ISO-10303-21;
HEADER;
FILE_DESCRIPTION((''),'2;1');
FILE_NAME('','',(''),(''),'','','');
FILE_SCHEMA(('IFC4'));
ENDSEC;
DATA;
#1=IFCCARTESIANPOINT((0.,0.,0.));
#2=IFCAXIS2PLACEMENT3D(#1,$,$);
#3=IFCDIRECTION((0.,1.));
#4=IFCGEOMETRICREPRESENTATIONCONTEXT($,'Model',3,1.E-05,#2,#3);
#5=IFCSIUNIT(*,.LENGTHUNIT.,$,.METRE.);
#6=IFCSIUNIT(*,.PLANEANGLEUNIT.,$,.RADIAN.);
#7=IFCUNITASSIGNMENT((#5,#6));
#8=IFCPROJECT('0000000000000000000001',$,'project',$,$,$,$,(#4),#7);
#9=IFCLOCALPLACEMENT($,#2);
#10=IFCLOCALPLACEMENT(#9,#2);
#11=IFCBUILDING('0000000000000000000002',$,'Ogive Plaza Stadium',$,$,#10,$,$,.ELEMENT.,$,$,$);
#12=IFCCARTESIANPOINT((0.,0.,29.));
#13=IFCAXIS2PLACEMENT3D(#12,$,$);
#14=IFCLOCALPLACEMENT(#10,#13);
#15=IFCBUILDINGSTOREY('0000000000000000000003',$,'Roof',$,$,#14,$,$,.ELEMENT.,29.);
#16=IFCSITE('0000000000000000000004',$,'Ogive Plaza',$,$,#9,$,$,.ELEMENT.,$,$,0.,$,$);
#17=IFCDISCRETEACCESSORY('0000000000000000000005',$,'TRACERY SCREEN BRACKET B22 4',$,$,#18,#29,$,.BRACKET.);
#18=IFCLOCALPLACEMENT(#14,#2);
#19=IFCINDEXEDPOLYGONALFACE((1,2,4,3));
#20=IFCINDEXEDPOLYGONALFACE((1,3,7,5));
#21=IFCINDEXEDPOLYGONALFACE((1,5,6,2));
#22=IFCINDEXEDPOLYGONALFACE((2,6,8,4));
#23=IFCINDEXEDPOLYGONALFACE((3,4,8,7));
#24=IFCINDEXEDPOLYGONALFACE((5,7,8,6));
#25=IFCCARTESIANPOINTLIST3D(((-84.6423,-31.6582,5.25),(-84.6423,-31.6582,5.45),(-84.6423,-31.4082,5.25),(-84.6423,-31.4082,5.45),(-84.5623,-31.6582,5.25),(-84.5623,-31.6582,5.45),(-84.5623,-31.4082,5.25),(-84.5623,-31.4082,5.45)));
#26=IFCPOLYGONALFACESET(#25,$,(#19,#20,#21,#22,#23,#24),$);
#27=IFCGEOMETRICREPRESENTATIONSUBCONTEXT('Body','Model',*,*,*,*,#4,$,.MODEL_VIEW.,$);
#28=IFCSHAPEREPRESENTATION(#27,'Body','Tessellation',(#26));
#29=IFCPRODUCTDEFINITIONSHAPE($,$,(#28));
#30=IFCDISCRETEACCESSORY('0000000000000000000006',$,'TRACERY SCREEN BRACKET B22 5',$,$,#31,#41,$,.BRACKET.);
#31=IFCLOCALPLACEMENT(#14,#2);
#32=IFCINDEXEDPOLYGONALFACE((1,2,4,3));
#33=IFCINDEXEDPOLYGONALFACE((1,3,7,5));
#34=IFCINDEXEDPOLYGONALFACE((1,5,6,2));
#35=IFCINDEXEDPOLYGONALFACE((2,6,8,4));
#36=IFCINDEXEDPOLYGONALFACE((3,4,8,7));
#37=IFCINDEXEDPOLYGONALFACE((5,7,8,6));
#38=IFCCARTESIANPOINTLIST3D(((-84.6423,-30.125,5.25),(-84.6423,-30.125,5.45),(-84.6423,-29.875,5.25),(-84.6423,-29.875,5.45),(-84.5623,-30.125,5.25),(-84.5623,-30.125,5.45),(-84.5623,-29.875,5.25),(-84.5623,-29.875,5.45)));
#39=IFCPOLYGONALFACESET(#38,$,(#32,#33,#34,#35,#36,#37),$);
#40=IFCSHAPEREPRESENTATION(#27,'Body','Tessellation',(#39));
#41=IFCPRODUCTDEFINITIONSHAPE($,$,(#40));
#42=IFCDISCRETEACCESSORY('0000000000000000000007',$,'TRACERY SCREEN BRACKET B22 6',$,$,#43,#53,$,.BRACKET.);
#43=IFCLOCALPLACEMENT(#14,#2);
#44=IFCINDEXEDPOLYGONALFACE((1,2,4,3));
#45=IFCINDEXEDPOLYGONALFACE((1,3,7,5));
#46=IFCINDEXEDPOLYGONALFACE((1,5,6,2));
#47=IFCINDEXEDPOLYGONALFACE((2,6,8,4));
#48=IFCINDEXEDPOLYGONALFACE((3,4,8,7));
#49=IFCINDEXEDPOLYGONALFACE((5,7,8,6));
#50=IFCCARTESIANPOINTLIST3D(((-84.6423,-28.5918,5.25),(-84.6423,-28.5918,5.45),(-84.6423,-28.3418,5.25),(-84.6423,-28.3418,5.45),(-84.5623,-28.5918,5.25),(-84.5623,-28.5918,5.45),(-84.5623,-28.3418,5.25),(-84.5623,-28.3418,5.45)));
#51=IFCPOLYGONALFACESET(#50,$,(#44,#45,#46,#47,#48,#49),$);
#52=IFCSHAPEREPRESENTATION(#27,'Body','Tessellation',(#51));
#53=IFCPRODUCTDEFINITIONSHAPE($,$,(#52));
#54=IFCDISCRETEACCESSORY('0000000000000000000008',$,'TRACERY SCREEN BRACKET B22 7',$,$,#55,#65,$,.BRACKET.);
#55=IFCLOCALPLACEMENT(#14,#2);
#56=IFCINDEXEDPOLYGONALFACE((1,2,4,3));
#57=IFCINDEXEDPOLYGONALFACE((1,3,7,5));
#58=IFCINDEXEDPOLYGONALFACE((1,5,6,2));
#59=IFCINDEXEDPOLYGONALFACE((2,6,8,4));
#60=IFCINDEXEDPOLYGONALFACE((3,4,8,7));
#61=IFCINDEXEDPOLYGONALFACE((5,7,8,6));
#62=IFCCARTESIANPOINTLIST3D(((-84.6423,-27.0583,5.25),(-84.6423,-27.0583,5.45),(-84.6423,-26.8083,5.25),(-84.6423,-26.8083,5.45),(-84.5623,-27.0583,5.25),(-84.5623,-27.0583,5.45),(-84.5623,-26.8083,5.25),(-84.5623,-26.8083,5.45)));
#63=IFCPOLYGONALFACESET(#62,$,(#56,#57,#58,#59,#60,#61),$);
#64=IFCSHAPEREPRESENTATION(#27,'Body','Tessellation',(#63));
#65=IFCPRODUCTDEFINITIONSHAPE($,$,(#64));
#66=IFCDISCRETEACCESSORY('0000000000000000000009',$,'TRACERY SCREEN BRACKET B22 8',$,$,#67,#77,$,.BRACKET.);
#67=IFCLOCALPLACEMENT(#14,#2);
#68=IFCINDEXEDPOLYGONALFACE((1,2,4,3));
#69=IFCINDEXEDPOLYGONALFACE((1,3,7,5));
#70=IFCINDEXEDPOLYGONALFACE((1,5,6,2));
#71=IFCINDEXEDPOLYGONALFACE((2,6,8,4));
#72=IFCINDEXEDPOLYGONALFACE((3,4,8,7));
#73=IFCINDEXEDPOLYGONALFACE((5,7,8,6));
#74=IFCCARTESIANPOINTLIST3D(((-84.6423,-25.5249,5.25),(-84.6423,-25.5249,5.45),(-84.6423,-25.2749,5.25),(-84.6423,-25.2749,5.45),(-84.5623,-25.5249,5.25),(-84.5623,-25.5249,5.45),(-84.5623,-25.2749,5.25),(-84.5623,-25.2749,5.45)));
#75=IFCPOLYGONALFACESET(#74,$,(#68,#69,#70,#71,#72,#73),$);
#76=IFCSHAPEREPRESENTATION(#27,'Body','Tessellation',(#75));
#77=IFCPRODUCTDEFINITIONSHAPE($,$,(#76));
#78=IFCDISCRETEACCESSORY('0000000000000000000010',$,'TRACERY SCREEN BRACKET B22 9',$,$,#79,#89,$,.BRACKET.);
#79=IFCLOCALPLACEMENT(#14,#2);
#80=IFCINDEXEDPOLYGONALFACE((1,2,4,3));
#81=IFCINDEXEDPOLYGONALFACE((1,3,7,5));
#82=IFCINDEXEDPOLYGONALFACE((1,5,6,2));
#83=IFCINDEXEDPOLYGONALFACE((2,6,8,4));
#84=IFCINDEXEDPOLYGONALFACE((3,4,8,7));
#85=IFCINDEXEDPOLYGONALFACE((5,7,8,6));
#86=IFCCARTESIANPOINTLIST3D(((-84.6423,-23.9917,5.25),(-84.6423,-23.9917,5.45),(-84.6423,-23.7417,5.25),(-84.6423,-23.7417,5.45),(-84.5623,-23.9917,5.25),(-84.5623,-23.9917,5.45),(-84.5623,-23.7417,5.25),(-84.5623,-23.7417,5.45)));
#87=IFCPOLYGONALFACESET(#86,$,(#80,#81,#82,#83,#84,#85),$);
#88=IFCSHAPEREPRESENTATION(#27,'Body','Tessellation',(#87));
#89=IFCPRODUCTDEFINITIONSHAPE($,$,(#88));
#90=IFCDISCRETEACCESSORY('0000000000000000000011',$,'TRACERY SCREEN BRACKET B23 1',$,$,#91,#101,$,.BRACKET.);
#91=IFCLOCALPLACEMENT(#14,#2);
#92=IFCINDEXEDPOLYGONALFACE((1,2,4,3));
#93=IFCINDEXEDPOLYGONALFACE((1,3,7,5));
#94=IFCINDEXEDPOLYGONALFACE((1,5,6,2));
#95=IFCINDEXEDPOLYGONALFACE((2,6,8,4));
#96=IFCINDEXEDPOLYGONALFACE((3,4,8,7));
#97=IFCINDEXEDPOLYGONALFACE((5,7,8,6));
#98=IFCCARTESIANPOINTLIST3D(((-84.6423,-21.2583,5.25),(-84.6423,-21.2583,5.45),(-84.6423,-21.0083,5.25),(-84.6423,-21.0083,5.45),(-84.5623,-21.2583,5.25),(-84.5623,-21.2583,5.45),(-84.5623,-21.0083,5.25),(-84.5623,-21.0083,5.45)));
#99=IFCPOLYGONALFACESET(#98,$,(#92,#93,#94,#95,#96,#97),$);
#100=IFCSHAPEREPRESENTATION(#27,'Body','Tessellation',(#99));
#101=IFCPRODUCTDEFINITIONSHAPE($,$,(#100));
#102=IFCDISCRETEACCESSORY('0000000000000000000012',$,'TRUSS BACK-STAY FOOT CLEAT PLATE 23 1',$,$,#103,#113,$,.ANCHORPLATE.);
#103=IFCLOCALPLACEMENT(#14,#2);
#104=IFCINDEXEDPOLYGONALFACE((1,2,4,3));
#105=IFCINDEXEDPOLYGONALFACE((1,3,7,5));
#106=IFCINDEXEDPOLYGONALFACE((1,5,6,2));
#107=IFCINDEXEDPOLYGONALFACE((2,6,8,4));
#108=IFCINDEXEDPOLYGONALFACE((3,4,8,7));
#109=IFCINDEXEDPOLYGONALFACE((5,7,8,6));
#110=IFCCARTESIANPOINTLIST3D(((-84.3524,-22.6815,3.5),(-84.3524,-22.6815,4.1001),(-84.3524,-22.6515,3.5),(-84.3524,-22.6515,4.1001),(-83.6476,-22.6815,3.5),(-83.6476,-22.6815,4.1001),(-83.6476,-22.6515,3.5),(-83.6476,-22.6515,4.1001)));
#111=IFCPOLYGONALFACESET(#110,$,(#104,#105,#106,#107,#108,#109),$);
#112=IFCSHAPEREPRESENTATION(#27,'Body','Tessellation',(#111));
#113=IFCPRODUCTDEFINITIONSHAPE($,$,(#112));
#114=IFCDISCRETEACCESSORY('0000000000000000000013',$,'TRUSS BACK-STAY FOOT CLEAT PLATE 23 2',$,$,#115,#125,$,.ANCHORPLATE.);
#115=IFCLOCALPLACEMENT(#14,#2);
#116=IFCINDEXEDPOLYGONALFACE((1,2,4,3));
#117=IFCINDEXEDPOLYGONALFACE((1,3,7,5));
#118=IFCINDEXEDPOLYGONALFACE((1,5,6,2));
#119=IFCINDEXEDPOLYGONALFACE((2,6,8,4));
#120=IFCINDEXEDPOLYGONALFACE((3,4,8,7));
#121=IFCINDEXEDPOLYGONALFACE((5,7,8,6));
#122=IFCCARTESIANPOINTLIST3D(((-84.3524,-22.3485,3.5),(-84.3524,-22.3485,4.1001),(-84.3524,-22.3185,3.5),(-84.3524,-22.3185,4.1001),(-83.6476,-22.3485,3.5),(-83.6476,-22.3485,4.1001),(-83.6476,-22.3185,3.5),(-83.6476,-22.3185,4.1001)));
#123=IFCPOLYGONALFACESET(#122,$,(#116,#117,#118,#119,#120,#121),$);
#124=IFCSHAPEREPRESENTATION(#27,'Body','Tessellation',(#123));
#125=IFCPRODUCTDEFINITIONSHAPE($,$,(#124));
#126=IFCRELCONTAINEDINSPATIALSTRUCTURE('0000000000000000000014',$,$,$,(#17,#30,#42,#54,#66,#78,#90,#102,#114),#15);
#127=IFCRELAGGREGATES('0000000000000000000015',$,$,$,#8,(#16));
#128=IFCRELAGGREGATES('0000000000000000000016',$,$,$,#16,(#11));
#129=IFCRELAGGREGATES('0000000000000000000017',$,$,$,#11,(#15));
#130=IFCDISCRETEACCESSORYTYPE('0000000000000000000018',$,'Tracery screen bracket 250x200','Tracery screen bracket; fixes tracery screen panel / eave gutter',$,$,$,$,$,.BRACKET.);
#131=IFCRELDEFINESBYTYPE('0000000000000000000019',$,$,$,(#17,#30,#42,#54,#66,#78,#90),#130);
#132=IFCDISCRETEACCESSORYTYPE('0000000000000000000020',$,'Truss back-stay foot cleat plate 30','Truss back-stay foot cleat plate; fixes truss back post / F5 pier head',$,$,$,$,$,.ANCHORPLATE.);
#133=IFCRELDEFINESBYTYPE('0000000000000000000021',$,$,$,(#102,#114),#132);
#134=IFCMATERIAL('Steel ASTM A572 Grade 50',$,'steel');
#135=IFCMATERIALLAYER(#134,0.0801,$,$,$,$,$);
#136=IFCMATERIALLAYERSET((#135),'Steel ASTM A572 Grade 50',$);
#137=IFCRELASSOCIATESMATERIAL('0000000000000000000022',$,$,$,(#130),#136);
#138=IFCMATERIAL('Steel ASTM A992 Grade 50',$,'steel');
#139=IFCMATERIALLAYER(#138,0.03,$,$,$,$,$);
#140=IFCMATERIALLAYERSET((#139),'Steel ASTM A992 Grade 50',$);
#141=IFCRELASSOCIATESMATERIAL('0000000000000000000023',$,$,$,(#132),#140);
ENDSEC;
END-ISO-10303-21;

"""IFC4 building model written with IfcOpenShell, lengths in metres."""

from ifc_helpers import new_model, si_unit, direction, frame, origin, origin_2d, place, context, subcontext, project, spatial, rectangle, extrude, material, layer, layer_set, type_object, element, save


model = new_model("IFC4")

# Units and contexts
model_context = context("Model", 3, precision=1e-05, world=origin(), true_north=direction((0.0, 1.0)))
body_context = subcontext(model_context, "Body", "Model", "MODEL_VIEW")
ifc_project = project(units=[si_unit("LENGTHUNIT", "METRE"), si_unit("PLANEANGLEUNIT", "RADIAN")], contexts=[model_context])

# Site, building, storey
site_placement = place(None, origin())
site = spatial("IfcSite", under=ifc_project, at=site_placement, Name="Ogive Plaza", CompositionType="ELEMENT", RefElevation=0.0)
building_placement = place(site_placement, origin())
building = spatial("IfcBuilding", under=site, at=building_placement, Name="Ogive Plaza Stadium", CompositionType="ELEMENT")
storey_placement = place(building_placement, frame((0.0, 0.0, 29.0)))
storey = spatial("IfcBuildingStorey", under=building, at=storey_placement, Name="Roof", CompositionType="ELEMENT", Elevation=29.0)

# Discrete accessories
ifc_material_1 = material(Name="Steel ASTM A572 Grade 50", Category="steel")
ifc_layer_1 = layer(ifc_material_1, 0.0801)
ifc_layer_set_1 = layer_set([ifc_layer_1], Name="Steel ASTM A572 Grade 50")
discrete_accessory_type_1 = type_object("IfcDiscreteAccessoryType", Name="Tracery screen bracket 250x200", Description="Tracery screen bracket; fixes tracery screen panel / eave gutter", PredefinedType="BRACKET", material=ifc_layer_set_1)
for number, where, z_axis, x_axis, name in (
    (1, (-84.6023, -31.5332, 5.25), (0.0, 0.0, 1.0), (0.0, 1.0, 0.0), "TRACERY SCREEN BRACKET B22 4"),
    (2, (-84.6023, -30.0, 5.25), (0.0, 0.0, 1.0), (0.0, 1.0, 0.0), "TRACERY SCREEN BRACKET B22 5"),
    (3, (-84.6023, -28.4668, 5.25), (0.0, 0.0, 1.0), (0.0, 1.0, 0.0), "TRACERY SCREEN BRACKET B22 6"),
    (4, (-84.6023, -26.9333, 5.25), (0.0, 0.0, 1.0), (0.0, 1.0, 0.0), "TRACERY SCREEN BRACKET B22 7"),
    (5, (-84.6023, -25.3999, 5.25), (0.0, 0.0, 1.0), (0.0, 1.0, 0.0), "TRACERY SCREEN BRACKET B22 8"),
    (6, (-84.6023, -23.8667, 5.25), (0.0, 0.0, 1.0), (0.0, 1.0, 0.0), "TRACERY SCREEN BRACKET B22 9"),
    (7, (-84.6023, -21.1333, 5.25), (0.0, 0.0, 1.0), (0.0, 1.0, 0.0), "TRACERY SCREEN BRACKET B23 1"),
):
    element("IfcDiscreteAccessory", number, at=place(storey_placement, frame(where, z_axis=z_axis, x_axis=x_axis)), inside=storey, type_object=discrete_accessory_type_1, Name=name, PredefinedType="BRACKET", context=body_context, shape_type="SweptSolid", body=[
        extrude(rectangle(XDim=0.25, YDim=0.0801, at=origin_2d()), origin(), (0.0, 0.0, 1.0), 0.2),
    ])
ifc_material_2 = material(Name="Steel ASTM A992 Grade 50", Category="steel")
ifc_layer_2 = layer(ifc_material_2, 0.03)
ifc_layer_set_2 = layer_set([ifc_layer_2], Name="Steel ASTM A992 Grade 50")
discrete_accessory_type_2 = type_object("IfcDiscreteAccessoryType", Name="Truss back-stay foot cleat plate 30", Description="Truss back-stay foot cleat plate; fixes truss back post / F5 pier head", PredefinedType="ANCHORPLATE", material=ifc_layer_set_2)
for number, where, z_axis, x_axis, name in (
    (8, (-84.0, -22.6665, 3.5), (0.0, 0.0, 1.0), (-1.0, 0.0, 0.0), "TRUSS BACK-STAY FOOT CLEAT PLATE 23 1"),
    (9, (-84.0, -22.3335, 3.5), (0.0, 0.0, 1.0), (-1.0, 0.0, 0.0), "TRUSS BACK-STAY FOOT CLEAT PLATE 23 2"),
):
    element("IfcDiscreteAccessory", number, at=place(storey_placement, frame(where, z_axis=z_axis, x_axis=x_axis)), inside=storey, type_object=discrete_accessory_type_2, Name=name, PredefinedType="ANCHORPLATE", context=body_context, shape_type="SweptSolid", body=[
        extrude(rectangle(XDim=0.7048, YDim=0.03, at=origin_2d()), origin(), (0.0, 0.0, 1.0), 0.6001),
    ])

save(model, "model.ifc")
